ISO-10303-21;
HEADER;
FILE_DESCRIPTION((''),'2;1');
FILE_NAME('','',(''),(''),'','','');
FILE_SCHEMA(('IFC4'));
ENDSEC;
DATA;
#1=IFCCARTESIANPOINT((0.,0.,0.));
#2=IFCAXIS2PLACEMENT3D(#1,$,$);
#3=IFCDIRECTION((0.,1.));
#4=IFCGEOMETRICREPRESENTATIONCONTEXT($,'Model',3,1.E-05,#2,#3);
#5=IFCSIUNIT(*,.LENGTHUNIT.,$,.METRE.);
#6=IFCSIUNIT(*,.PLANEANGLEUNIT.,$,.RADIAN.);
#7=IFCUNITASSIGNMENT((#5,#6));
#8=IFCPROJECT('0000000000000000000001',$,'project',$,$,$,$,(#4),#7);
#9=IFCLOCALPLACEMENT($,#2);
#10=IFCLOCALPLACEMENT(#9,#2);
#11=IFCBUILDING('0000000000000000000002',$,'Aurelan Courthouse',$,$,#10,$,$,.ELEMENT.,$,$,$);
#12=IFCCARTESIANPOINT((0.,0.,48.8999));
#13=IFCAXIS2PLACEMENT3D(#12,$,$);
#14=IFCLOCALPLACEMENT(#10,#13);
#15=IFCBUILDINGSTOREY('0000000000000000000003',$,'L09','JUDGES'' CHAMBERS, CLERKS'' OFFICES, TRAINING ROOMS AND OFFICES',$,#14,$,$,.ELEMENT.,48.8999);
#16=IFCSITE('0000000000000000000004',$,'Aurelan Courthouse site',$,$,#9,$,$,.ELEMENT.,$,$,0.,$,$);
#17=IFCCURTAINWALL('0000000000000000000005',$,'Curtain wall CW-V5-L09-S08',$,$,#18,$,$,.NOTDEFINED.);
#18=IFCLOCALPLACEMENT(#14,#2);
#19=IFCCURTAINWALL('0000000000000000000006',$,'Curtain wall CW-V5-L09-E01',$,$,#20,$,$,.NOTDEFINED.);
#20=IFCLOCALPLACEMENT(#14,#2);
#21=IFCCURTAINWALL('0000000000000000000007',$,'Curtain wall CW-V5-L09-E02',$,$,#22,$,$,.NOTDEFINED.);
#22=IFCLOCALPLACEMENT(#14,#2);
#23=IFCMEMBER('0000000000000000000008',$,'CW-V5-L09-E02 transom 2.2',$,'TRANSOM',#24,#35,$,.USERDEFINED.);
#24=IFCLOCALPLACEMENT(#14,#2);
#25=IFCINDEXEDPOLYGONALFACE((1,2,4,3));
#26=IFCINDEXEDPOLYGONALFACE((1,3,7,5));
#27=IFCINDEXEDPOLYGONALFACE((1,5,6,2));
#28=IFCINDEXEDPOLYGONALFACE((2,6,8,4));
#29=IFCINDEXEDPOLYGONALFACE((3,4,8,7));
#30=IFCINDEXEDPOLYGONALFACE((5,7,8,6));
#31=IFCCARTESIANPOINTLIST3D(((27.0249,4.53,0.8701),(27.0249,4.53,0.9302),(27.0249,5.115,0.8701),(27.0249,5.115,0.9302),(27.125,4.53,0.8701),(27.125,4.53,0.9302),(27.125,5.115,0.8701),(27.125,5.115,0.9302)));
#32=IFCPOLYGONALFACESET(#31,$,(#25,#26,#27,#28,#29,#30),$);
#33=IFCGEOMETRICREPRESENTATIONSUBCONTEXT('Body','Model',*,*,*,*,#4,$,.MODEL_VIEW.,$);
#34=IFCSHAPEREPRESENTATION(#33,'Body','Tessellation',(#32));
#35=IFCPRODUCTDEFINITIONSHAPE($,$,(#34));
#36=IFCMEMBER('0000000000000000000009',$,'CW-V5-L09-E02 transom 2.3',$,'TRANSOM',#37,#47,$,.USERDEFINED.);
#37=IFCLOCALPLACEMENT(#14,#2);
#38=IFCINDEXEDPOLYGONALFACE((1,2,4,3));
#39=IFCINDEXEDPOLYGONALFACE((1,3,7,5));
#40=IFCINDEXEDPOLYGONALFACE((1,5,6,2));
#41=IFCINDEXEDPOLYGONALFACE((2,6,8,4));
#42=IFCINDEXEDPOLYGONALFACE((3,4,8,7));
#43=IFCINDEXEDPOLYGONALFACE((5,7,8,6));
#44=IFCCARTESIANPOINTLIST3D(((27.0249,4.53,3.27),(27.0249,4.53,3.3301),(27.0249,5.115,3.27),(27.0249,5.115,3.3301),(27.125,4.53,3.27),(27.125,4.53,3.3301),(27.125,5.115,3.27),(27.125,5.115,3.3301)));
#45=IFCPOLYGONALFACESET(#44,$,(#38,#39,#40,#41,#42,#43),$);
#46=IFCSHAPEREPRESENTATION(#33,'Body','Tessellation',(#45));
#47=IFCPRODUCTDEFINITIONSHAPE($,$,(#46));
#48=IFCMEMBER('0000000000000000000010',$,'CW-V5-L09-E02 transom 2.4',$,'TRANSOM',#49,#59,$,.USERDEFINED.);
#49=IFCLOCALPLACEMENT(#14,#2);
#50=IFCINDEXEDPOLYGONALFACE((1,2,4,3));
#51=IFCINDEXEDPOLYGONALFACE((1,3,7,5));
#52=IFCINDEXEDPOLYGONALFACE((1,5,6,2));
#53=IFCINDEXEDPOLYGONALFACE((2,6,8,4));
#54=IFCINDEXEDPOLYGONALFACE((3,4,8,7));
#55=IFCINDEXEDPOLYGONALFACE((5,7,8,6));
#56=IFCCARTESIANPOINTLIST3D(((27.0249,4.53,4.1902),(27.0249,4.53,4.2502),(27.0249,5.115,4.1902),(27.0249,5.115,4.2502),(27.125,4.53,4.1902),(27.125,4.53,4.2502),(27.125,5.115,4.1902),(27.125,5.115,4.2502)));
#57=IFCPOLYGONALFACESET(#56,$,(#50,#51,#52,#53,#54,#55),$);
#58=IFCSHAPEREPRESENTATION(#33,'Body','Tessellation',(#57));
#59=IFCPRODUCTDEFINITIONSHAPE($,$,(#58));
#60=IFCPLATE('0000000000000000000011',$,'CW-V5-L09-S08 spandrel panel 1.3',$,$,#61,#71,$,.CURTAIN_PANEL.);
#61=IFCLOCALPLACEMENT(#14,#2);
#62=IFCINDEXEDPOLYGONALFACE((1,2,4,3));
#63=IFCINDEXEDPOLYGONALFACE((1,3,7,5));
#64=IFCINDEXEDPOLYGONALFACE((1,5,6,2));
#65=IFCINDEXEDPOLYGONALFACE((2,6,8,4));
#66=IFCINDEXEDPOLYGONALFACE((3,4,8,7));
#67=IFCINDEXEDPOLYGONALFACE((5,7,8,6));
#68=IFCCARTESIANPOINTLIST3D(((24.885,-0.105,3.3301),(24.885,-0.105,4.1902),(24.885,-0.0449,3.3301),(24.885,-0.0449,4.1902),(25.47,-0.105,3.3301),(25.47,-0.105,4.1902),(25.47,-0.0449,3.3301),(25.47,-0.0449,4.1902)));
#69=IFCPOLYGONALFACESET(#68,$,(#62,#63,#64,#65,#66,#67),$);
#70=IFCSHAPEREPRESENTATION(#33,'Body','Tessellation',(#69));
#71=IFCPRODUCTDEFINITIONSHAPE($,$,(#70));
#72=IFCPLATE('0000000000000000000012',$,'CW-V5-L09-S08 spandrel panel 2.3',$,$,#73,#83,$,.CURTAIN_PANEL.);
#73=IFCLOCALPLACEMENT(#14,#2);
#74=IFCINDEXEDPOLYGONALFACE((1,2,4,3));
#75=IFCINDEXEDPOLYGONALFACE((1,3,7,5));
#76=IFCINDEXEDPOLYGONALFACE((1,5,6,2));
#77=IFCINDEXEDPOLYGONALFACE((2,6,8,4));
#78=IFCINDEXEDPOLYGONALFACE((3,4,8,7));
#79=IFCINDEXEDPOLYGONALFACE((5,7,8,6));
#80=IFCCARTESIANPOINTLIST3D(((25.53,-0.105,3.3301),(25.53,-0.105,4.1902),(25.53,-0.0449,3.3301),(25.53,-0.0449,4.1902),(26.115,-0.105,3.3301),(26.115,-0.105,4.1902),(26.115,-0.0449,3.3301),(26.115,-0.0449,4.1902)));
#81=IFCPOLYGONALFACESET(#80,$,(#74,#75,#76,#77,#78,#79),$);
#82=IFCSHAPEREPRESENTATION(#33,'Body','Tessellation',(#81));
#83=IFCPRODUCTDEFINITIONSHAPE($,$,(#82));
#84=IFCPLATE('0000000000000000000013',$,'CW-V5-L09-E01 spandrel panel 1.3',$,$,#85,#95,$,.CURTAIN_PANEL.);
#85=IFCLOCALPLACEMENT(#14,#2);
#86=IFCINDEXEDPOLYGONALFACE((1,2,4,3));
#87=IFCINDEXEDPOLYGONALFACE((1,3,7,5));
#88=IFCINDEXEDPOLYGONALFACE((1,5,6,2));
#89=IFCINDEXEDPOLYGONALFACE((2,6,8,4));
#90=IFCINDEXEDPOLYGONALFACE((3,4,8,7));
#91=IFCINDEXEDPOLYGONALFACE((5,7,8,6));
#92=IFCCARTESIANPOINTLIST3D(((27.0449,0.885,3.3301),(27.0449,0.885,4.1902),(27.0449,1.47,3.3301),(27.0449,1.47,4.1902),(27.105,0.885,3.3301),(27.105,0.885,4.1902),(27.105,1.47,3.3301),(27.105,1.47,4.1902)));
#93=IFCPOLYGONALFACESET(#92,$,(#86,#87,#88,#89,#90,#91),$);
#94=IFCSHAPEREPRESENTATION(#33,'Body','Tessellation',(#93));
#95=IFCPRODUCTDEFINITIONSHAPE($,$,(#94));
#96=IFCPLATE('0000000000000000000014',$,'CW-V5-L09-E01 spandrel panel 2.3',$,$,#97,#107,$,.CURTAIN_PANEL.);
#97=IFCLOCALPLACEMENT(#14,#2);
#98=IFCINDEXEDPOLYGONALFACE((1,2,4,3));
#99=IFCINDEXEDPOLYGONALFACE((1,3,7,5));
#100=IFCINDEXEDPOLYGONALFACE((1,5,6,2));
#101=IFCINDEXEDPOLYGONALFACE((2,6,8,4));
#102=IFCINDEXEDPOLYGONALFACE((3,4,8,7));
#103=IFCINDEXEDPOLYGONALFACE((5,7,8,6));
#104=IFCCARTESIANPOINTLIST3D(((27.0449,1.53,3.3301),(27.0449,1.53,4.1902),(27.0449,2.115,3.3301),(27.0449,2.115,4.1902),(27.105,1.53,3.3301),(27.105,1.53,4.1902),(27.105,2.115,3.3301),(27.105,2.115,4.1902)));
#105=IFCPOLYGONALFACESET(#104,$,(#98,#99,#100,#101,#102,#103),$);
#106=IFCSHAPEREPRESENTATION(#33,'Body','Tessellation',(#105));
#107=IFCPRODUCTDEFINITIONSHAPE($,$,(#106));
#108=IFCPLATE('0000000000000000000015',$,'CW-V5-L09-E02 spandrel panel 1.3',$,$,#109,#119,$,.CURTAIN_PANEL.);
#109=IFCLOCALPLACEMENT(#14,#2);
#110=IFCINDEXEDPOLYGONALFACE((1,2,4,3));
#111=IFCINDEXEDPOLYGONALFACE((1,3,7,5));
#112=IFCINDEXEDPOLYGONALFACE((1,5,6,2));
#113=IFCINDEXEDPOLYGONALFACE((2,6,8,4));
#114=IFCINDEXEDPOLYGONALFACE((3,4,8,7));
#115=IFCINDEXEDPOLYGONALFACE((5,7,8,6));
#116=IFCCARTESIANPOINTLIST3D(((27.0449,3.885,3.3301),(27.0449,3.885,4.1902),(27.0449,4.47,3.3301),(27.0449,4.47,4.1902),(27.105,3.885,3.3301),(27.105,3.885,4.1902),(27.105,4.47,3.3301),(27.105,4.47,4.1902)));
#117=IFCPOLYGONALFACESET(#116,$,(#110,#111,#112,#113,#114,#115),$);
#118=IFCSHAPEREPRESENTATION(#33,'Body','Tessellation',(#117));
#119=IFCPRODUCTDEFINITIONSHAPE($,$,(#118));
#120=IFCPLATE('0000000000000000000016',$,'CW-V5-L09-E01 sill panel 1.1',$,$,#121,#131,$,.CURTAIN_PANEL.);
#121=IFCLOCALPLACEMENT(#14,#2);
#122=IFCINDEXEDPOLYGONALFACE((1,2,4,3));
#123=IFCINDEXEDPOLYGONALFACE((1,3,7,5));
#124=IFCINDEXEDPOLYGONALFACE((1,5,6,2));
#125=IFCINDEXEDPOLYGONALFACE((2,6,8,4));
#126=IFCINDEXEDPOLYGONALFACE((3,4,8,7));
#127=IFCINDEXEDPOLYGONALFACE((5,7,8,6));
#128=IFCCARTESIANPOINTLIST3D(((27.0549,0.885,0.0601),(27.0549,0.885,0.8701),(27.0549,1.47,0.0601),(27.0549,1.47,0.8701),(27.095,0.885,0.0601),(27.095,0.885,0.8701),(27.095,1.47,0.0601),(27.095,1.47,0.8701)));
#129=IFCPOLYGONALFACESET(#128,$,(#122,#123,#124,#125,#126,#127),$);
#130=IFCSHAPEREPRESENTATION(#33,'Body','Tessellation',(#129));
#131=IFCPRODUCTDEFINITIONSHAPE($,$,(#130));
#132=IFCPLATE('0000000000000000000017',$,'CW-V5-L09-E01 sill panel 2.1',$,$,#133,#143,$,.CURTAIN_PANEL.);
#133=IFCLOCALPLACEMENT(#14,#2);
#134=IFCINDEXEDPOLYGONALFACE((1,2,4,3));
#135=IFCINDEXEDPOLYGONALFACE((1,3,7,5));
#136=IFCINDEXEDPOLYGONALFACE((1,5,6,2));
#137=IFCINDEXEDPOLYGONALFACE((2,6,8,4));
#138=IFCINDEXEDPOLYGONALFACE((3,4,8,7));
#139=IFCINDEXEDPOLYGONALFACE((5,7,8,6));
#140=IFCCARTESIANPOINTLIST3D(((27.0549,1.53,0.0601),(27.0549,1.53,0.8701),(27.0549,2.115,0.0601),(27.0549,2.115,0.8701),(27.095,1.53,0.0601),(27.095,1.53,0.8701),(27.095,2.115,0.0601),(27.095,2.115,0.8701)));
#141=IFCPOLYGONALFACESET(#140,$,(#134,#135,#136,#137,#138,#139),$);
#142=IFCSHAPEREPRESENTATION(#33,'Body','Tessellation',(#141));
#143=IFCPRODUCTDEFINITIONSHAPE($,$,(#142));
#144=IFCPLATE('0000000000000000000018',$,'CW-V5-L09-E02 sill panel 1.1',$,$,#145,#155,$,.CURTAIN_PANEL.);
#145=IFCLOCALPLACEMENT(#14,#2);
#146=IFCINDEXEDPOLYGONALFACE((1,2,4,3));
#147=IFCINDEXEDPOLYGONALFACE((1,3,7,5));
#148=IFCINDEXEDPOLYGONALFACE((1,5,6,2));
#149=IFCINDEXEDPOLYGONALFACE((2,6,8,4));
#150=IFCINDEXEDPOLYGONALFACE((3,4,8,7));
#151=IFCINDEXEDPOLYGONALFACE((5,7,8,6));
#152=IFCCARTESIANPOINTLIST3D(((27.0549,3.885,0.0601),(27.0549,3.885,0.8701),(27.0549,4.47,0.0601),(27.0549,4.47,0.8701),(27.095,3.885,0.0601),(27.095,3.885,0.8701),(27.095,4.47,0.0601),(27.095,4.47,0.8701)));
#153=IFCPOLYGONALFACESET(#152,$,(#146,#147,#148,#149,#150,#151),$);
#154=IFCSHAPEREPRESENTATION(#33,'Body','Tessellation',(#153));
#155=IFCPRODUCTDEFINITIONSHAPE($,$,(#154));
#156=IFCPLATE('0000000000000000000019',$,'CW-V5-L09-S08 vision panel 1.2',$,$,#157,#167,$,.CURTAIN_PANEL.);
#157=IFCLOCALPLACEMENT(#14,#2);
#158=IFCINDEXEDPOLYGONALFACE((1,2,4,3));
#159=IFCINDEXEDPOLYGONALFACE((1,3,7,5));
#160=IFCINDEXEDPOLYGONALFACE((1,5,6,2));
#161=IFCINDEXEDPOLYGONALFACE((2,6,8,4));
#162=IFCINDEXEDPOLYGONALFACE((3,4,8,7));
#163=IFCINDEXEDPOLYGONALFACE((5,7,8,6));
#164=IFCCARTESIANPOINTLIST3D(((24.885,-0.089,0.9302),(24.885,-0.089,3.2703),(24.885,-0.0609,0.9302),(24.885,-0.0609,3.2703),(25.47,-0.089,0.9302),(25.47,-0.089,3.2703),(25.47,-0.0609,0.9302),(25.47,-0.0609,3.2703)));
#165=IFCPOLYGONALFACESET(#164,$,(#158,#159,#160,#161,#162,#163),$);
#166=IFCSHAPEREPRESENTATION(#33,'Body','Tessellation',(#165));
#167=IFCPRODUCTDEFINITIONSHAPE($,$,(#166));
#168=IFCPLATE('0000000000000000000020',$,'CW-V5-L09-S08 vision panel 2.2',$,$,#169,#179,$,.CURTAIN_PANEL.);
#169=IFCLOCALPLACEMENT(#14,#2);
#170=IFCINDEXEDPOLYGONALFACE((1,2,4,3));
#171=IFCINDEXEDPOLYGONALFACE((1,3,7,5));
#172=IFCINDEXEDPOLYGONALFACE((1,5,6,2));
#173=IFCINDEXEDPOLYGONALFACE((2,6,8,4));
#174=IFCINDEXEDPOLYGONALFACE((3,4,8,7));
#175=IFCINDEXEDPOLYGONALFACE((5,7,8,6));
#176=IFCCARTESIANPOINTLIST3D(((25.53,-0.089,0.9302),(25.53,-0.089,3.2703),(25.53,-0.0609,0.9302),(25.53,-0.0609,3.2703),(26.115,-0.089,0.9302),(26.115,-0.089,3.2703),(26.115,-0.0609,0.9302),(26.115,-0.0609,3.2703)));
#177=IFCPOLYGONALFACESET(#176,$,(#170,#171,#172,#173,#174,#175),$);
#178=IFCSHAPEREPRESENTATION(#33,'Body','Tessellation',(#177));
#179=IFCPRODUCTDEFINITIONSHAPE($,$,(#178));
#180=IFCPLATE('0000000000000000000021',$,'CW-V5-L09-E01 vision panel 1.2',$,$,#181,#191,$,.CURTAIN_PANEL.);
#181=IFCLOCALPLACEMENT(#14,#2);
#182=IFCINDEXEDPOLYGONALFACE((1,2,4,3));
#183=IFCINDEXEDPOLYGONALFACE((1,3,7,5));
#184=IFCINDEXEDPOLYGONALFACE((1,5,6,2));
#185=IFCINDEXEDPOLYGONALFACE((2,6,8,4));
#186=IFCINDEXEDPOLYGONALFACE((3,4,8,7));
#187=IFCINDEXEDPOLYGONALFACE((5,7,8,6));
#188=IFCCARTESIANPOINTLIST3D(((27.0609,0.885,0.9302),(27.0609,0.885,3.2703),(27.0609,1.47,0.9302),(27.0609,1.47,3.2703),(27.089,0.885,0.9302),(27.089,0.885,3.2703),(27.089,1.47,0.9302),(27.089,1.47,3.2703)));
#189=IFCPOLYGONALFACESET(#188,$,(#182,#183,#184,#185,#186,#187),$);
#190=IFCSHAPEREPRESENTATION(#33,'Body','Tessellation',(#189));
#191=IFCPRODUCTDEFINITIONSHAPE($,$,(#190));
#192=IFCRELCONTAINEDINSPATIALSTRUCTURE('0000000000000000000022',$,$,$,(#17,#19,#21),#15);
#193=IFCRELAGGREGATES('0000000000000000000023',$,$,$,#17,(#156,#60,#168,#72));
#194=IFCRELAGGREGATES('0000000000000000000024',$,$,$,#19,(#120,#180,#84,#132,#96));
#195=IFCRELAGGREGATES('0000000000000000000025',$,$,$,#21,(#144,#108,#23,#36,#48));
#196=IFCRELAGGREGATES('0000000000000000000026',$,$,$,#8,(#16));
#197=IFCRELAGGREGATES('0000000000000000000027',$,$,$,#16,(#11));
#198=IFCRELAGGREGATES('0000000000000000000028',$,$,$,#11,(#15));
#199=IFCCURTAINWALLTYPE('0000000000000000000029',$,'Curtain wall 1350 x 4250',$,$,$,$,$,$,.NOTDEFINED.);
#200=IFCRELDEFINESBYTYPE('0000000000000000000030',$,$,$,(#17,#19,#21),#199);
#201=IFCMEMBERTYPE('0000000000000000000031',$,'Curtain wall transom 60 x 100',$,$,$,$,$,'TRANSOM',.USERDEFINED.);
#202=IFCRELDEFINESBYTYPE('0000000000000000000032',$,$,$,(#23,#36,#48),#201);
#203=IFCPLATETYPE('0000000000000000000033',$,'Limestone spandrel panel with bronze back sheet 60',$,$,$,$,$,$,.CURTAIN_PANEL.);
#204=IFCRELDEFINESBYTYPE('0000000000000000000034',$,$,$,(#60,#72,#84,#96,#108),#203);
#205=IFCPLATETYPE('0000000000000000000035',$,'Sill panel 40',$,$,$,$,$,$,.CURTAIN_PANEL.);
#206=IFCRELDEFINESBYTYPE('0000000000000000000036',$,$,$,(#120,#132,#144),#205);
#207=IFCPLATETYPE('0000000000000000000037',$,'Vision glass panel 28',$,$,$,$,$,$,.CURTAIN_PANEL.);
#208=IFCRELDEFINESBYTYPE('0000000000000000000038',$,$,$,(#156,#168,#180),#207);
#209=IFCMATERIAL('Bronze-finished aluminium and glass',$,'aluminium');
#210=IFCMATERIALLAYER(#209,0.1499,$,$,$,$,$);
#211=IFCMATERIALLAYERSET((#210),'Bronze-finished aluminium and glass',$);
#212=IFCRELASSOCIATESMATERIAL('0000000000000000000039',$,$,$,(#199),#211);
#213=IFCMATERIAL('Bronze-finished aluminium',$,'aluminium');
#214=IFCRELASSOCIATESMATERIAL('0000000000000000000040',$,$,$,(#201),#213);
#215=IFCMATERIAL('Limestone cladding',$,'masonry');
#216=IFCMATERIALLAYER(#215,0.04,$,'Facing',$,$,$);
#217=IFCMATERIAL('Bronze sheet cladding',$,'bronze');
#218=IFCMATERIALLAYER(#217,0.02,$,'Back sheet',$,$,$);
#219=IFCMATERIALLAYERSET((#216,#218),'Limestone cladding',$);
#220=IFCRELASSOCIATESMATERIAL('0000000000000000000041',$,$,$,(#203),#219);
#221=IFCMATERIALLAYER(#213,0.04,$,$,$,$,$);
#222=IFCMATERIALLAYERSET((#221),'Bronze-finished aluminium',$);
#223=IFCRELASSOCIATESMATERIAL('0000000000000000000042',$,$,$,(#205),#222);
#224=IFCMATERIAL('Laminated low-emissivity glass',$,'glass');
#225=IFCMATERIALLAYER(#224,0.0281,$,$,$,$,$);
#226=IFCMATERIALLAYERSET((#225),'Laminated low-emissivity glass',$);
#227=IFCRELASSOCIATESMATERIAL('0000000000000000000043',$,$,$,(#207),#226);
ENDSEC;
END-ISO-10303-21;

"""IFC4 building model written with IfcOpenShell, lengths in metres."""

from ifc_helpers import new_model, si_unit, direction, frame, origin, origin_2d, place, context, subcontext, project, spatial, rectangle, extrude, material, layer, layer_set, material_profile, profile_set, type_object, element, aggregate, save


model = new_model("IFC4")

# Units and contexts
model_context = context("Model", 3, precision=1e-05, world=origin(), true_north=direction((0.0, 1.0)))
body_context = subcontext(model_context, "Body", "Model", "MODEL_VIEW")
ifc_project = project(units=[si_unit("LENGTHUNIT", "METRE"), si_unit("PLANEANGLEUNIT", "RADIAN")], contexts=[model_context])

# Site, building, storey
site_placement = place(None, origin())
site = spatial("IfcSite", under=ifc_project, at=site_placement, Name="Aurelan Courthouse site", CompositionType="ELEMENT", RefElevation=0.0)
building_placement = place(site_placement, origin())
building = spatial("IfcBuilding", under=site, at=building_placement, Name="Aurelan Courthouse", CompositionType="ELEMENT")
storey_placement = place(building_placement, frame((0.0, 0.0, 48.8999)))
storey = spatial("IfcBuildingStorey", under=building, at=storey_placement, Name="L09", Description="JUDGES' CHAMBERS, CLERKS' OFFICES, TRAINING ROOMS AND OFFICES", CompositionType="ELEMENT", Elevation=48.8999)

# Curtain walls, members
ifc_material_1 = material(Name="Bronze-finished aluminium and glass", Category="aluminium")
ifc_layer_1 = layer(ifc_material_1, 0.1499)
ifc_layer_set_1 = layer_set([ifc_layer_1], Name="Bronze-finished aluminium and glass")
curtain_wall_type = type_object("IfcCurtainWallType", Name="Curtain wall 1350 x 4250", PredefinedType="NOTDEFINED", material=ifc_layer_set_1)
curtain_wall_1_placement = place(storey_placement, origin())
curtain_wall_1 = element("IfcCurtainWall", 1, at=curtain_wall_1_placement, inside=storey, type_object=curtain_wall_type, Name="Curtain wall CW-V5-L09-S08", PredefinedType="NOTDEFINED")
ifc_material_2 = material(Name="Bronze-finished aluminium", Category="aluminium")
ifc_material_profile = material_profile(ifc_material_2, rectangle(XDim=0.1001, YDim=0.0601, at=origin_2d()), Name="Bronze transom 60 x 100")
ifc_profile_set = profile_set([ifc_material_profile], Name="Bronze-finished aluminium")
member_type = type_object("IfcMemberType", Name="Curtain wall transom 60 x 100", ElementType="TRANSOM", PredefinedType="USERDEFINED", material=ifc_profile_set)
curtain_wall_2_placement = place(storey_placement, origin())
curtain_wall_2 = element("IfcCurtainWall", 2, at=curtain_wall_2_placement, inside=storey, type_object=curtain_wall_type, Name="Curtain wall CW-V5-L09-E01", PredefinedType="NOTDEFINED")
curtain_wall_3_placement = place(storey_placement, origin())
curtain_wall_3 = element("IfcCurtainWall", 3, at=curtain_wall_3_placement, inside=storey, type_object=curtain_wall_type, Name="Curtain wall CW-V5-L09-E02", PredefinedType="NOTDEFINED")
member_1_placement = place(storey_placement, frame((27.075, 4.53, 0.9001), z_axis=(0.0, 1.0, 0.0), x_axis=(-1.0, 0.0, 0.0)))
member_1 = element("IfcMember", 4, at=member_1_placement, type_object=member_type, Name="CW-V5-L09-E02 transom 2.2", ObjectType="TRANSOM", PredefinedType="USERDEFINED", context=body_context, shape_type="SweptSolid", body=[
    extrude(rectangle(XDim=0.1001, YDim=0.0601, at=origin_2d()), origin(), (0.0, 0.0, 1.0), 0.585),
])
member_2_placement = place(storey_placement, frame((27.075, 4.53, 3.3), z_axis=(0.0, 1.0, 0.0), x_axis=(-1.0, 0.0, 0.0)))
member_2 = element("IfcMember", 5, at=member_2_placement, type_object=member_type, Name="CW-V5-L09-E02 transom 2.3", ObjectType="TRANSOM", PredefinedType="USERDEFINED", context=body_context, shape_type="SweptSolid", body=[
    extrude(rectangle(XDim=0.1001, YDim=0.0601, at=origin_2d()), origin(), (0.0, 0.0, 1.0), 0.585),
])
member_3_placement = place(storey_placement, frame((27.075, 4.53, 4.2202), z_axis=(0.0, 1.0, 0.0), x_axis=(-1.0, 0.0, 0.0)))
member_3 = element("IfcMember", 6, at=member_3_placement, type_object=member_type, Name="CW-V5-L09-E02 transom 2.4", ObjectType="TRANSOM", PredefinedType="USERDEFINED", context=body_context, shape_type="SweptSolid", body=[
    extrude(rectangle(XDim=0.1001, YDim=0.0601, at=origin_2d()), origin(), (0.0, 0.0, 1.0), 0.585),
])

# Plates
ifc_material_3 = material(Name="Limestone cladding", Category="masonry")
ifc_layer_2 = layer(ifc_material_3, 0.04, Name="Facing")
ifc_material_4 = material(Name="Bronze sheet cladding", Category="bronze")
ifc_layer_3 = layer(ifc_material_4, 0.02, Name="Back sheet")
ifc_layer_set_2 = layer_set([ifc_layer_2, ifc_layer_3], Name="Limestone cladding")
plate_type_1 = type_object("IfcPlateType", Name="Limestone spandrel panel with bronze back sheet 60", PredefinedType="CURTAIN_PANEL", material=ifc_layer_set_2)
plate_1_placement = place(storey_placement, frame((25.1775, -0.075, 3.3301), z_axis=(0.0, 0.0, 1.0), x_axis=(1.0, 0.0, 0.0)))
plate_1 = element("IfcPlate", 7, at=plate_1_placement, type_object=plate_type_1, Name="CW-V5-L09-S08 spandrel panel 1.3", PredefinedType="CURTAIN_PANEL", context=body_context, shape_type="SweptSolid", body=[
    extrude(rectangle(XDim=0.585, YDim=0.0601, at=origin_2d()), origin(), (0.0, 0.0, 1.0), 0.8601),
])
plate_2_placement = place(storey_placement, frame((25.8225, -0.075, 3.3301), z_axis=(0.0, 0.0, 1.0), x_axis=(1.0, 0.0, 0.0)))
plate_2 = element("IfcPlate", 8, at=plate_2_placement, type_object=plate_type_1, Name="CW-V5-L09-S08 spandrel panel 2.3", PredefinedType="CURTAIN_PANEL", context=body_context, shape_type="SweptSolid", body=[
    extrude(rectangle(XDim=0.585, YDim=0.0601, at=origin_2d()), origin(), (0.0, 0.0, 1.0), 0.8601),
])
plate_3_placement = place(storey_placement, frame((27.075, 1.1775, 3.3301), z_axis=(0.0, 0.0, 1.0), x_axis=(0.0, 1.0, 0.0)))
plate_3 = element("IfcPlate", 9, at=plate_3_placement, type_object=plate_type_1, Name="CW-V5-L09-E01 spandrel panel 1.3", PredefinedType="CURTAIN_PANEL", context=body_context, shape_type="SweptSolid", body=[
    extrude(rectangle(XDim=0.585, YDim=0.0601, at=origin_2d()), origin(), (0.0, 0.0, 1.0), 0.8601),
])
plate_4_placement = place(storey_placement, frame((27.075, 1.8225, 3.3301), z_axis=(0.0, 0.0, 1.0), x_axis=(0.0, 1.0, 0.0)))
plate_4 = element("IfcPlate", 10, at=plate_4_placement, type_object=plate_type_1, Name="CW-V5-L09-E01 spandrel panel 2.3", PredefinedType="CURTAIN_PANEL", context=body_context, shape_type="SweptSolid", body=[
    extrude(rectangle(XDim=0.585, YDim=0.0601, at=origin_2d()), origin(), (0.0, 0.0, 1.0), 0.8601),
])
plate_5_placement = place(storey_placement, frame((27.075, 4.1775, 3.3301), z_axis=(0.0, 0.0, 1.0), x_axis=(0.0, 1.0, 0.0)))
plate_5 = element("IfcPlate", 11, at=plate_5_placement, type_object=plate_type_1, Name="CW-V5-L09-E02 spandrel panel 1.3", PredefinedType="CURTAIN_PANEL", context=body_context, shape_type="SweptSolid", body=[
    extrude(rectangle(XDim=0.585, YDim=0.0601, at=origin_2d()), origin(), (0.0, 0.0, 1.0), 0.8601),
])
ifc_layer_4 = layer(ifc_material_2, 0.04)
ifc_layer_set_3 = layer_set([ifc_layer_4], Name="Bronze-finished aluminium")
plate_type_2 = type_object("IfcPlateType", Name="Sill panel 40", PredefinedType="CURTAIN_PANEL", material=ifc_layer_set_3)
plate_6_placement = place(storey_placement, frame((27.075, 1.1775, 0.0601), z_axis=(0.0, 0.0, 1.0), x_axis=(0.0, 1.0, 0.0)))
plate_6 = element("IfcPlate", 12, at=plate_6_placement, type_object=plate_type_2, Name="CW-V5-L09-E01 sill panel 1.1", PredefinedType="CURTAIN_PANEL", context=body_context, shape_type="SweptSolid", body=[
    extrude(rectangle(XDim=0.585, YDim=0.04, at=origin_2d()), origin(), (0.0, 0.0, 1.0), 0.8101),
])
plate_7_placement = place(storey_placement, frame((27.075, 1.8225, 0.0601), z_axis=(0.0, 0.0, 1.0), x_axis=(0.0, 1.0, 0.0)))
plate_7 = element("IfcPlate", 13, at=plate_7_placement, type_object=plate_type_2, Name="CW-V5-L09-E01 sill panel 2.1", PredefinedType="CURTAIN_PANEL", context=body_context, shape_type="SweptSolid", body=[
    extrude(rectangle(XDim=0.585, YDim=0.04, at=origin_2d()), origin(), (0.0, 0.0, 1.0), 0.8101),
])
plate_8_placement = place(storey_placement, frame((27.075, 4.1775, 0.0601), z_axis=(0.0, 0.0, 1.0), x_axis=(0.0, 1.0, 0.0)))
plate_8 = element("IfcPlate", 14, at=plate_8_placement, type_object=plate_type_2, Name="CW-V5-L09-E02 sill panel 1.1", PredefinedType="CURTAIN_PANEL", context=body_context, shape_type="SweptSolid", body=[
    extrude(rectangle(XDim=0.585, YDim=0.04, at=origin_2d()), origin(), (0.0, 0.0, 1.0), 0.8101),
])
ifc_material_5 = material(Name="Laminated low-emissivity glass", Category="glass")
ifc_layer_5 = layer(ifc_material_5, 0.0281)
ifc_layer_set_4 = layer_set([ifc_layer_5], Name="Laminated low-emissivity glass")
plate_type_3 = type_object("IfcPlateType", Name="Vision glass panel 28", PredefinedType="CURTAIN_PANEL", material=ifc_layer_set_4)
plate_9_placement = place(storey_placement, frame((25.1775, -0.075, 0.9302), z_axis=(0.0, 0.0, 1.0), x_axis=(1.0, 0.0, 0.0)))
plate_9 = element("IfcPlate", 15, at=plate_9_placement, type_object=plate_type_3, Name="CW-V5-L09-S08 vision panel 1.2", PredefinedType="CURTAIN_PANEL", context=body_context, shape_type="SweptSolid", body=[
    extrude(rectangle(XDim=0.585, YDim=0.0281, at=origin_2d()), origin(), (0.0, 0.0, 1.0), 2.3401),
])
plate_10_placement = place(storey_placement, frame((25.8225, -0.075, 0.9302), z_axis=(0.0, 0.0, 1.0), x_axis=(1.0, 0.0, 0.0)))
plate_10 = element("IfcPlate", 16, at=plate_10_placement, type_object=plate_type_3, Name="CW-V5-L09-S08 vision panel 2.2", PredefinedType="CURTAIN_PANEL", context=body_context, shape_type="SweptSolid", body=[
    extrude(rectangle(XDim=0.585, YDim=0.0281, at=origin_2d()), origin(), (0.0, 0.0, 1.0), 2.3401),
])
aggregate(curtain_wall_1, [plate_9, plate_1, plate_10, plate_2])
plate_11_placement = place(storey_placement, frame((27.075, 1.1775, 0.9302), z_axis=(0.0, 0.0, 1.0), x_axis=(0.0, 1.0, 0.0)))
plate_11 = element("IfcPlate", 17, at=plate_11_placement, type_object=plate_type_3, Name="CW-V5-L09-E01 vision panel 1.2", PredefinedType="CURTAIN_PANEL", context=body_context, shape_type="SweptSolid", body=[
    extrude(rectangle(XDim=0.585, YDim=0.0281, at=origin_2d()), origin(), (0.0, 0.0, 1.0), 2.3401),
])
aggregate(curtain_wall_2, [plate_6, plate_11, plate_3, plate_7, plate_4])
aggregate(curtain_wall_3, [plate_8, plate_5, member_1, member_2, member_3])

save(model, "model.ifc")
